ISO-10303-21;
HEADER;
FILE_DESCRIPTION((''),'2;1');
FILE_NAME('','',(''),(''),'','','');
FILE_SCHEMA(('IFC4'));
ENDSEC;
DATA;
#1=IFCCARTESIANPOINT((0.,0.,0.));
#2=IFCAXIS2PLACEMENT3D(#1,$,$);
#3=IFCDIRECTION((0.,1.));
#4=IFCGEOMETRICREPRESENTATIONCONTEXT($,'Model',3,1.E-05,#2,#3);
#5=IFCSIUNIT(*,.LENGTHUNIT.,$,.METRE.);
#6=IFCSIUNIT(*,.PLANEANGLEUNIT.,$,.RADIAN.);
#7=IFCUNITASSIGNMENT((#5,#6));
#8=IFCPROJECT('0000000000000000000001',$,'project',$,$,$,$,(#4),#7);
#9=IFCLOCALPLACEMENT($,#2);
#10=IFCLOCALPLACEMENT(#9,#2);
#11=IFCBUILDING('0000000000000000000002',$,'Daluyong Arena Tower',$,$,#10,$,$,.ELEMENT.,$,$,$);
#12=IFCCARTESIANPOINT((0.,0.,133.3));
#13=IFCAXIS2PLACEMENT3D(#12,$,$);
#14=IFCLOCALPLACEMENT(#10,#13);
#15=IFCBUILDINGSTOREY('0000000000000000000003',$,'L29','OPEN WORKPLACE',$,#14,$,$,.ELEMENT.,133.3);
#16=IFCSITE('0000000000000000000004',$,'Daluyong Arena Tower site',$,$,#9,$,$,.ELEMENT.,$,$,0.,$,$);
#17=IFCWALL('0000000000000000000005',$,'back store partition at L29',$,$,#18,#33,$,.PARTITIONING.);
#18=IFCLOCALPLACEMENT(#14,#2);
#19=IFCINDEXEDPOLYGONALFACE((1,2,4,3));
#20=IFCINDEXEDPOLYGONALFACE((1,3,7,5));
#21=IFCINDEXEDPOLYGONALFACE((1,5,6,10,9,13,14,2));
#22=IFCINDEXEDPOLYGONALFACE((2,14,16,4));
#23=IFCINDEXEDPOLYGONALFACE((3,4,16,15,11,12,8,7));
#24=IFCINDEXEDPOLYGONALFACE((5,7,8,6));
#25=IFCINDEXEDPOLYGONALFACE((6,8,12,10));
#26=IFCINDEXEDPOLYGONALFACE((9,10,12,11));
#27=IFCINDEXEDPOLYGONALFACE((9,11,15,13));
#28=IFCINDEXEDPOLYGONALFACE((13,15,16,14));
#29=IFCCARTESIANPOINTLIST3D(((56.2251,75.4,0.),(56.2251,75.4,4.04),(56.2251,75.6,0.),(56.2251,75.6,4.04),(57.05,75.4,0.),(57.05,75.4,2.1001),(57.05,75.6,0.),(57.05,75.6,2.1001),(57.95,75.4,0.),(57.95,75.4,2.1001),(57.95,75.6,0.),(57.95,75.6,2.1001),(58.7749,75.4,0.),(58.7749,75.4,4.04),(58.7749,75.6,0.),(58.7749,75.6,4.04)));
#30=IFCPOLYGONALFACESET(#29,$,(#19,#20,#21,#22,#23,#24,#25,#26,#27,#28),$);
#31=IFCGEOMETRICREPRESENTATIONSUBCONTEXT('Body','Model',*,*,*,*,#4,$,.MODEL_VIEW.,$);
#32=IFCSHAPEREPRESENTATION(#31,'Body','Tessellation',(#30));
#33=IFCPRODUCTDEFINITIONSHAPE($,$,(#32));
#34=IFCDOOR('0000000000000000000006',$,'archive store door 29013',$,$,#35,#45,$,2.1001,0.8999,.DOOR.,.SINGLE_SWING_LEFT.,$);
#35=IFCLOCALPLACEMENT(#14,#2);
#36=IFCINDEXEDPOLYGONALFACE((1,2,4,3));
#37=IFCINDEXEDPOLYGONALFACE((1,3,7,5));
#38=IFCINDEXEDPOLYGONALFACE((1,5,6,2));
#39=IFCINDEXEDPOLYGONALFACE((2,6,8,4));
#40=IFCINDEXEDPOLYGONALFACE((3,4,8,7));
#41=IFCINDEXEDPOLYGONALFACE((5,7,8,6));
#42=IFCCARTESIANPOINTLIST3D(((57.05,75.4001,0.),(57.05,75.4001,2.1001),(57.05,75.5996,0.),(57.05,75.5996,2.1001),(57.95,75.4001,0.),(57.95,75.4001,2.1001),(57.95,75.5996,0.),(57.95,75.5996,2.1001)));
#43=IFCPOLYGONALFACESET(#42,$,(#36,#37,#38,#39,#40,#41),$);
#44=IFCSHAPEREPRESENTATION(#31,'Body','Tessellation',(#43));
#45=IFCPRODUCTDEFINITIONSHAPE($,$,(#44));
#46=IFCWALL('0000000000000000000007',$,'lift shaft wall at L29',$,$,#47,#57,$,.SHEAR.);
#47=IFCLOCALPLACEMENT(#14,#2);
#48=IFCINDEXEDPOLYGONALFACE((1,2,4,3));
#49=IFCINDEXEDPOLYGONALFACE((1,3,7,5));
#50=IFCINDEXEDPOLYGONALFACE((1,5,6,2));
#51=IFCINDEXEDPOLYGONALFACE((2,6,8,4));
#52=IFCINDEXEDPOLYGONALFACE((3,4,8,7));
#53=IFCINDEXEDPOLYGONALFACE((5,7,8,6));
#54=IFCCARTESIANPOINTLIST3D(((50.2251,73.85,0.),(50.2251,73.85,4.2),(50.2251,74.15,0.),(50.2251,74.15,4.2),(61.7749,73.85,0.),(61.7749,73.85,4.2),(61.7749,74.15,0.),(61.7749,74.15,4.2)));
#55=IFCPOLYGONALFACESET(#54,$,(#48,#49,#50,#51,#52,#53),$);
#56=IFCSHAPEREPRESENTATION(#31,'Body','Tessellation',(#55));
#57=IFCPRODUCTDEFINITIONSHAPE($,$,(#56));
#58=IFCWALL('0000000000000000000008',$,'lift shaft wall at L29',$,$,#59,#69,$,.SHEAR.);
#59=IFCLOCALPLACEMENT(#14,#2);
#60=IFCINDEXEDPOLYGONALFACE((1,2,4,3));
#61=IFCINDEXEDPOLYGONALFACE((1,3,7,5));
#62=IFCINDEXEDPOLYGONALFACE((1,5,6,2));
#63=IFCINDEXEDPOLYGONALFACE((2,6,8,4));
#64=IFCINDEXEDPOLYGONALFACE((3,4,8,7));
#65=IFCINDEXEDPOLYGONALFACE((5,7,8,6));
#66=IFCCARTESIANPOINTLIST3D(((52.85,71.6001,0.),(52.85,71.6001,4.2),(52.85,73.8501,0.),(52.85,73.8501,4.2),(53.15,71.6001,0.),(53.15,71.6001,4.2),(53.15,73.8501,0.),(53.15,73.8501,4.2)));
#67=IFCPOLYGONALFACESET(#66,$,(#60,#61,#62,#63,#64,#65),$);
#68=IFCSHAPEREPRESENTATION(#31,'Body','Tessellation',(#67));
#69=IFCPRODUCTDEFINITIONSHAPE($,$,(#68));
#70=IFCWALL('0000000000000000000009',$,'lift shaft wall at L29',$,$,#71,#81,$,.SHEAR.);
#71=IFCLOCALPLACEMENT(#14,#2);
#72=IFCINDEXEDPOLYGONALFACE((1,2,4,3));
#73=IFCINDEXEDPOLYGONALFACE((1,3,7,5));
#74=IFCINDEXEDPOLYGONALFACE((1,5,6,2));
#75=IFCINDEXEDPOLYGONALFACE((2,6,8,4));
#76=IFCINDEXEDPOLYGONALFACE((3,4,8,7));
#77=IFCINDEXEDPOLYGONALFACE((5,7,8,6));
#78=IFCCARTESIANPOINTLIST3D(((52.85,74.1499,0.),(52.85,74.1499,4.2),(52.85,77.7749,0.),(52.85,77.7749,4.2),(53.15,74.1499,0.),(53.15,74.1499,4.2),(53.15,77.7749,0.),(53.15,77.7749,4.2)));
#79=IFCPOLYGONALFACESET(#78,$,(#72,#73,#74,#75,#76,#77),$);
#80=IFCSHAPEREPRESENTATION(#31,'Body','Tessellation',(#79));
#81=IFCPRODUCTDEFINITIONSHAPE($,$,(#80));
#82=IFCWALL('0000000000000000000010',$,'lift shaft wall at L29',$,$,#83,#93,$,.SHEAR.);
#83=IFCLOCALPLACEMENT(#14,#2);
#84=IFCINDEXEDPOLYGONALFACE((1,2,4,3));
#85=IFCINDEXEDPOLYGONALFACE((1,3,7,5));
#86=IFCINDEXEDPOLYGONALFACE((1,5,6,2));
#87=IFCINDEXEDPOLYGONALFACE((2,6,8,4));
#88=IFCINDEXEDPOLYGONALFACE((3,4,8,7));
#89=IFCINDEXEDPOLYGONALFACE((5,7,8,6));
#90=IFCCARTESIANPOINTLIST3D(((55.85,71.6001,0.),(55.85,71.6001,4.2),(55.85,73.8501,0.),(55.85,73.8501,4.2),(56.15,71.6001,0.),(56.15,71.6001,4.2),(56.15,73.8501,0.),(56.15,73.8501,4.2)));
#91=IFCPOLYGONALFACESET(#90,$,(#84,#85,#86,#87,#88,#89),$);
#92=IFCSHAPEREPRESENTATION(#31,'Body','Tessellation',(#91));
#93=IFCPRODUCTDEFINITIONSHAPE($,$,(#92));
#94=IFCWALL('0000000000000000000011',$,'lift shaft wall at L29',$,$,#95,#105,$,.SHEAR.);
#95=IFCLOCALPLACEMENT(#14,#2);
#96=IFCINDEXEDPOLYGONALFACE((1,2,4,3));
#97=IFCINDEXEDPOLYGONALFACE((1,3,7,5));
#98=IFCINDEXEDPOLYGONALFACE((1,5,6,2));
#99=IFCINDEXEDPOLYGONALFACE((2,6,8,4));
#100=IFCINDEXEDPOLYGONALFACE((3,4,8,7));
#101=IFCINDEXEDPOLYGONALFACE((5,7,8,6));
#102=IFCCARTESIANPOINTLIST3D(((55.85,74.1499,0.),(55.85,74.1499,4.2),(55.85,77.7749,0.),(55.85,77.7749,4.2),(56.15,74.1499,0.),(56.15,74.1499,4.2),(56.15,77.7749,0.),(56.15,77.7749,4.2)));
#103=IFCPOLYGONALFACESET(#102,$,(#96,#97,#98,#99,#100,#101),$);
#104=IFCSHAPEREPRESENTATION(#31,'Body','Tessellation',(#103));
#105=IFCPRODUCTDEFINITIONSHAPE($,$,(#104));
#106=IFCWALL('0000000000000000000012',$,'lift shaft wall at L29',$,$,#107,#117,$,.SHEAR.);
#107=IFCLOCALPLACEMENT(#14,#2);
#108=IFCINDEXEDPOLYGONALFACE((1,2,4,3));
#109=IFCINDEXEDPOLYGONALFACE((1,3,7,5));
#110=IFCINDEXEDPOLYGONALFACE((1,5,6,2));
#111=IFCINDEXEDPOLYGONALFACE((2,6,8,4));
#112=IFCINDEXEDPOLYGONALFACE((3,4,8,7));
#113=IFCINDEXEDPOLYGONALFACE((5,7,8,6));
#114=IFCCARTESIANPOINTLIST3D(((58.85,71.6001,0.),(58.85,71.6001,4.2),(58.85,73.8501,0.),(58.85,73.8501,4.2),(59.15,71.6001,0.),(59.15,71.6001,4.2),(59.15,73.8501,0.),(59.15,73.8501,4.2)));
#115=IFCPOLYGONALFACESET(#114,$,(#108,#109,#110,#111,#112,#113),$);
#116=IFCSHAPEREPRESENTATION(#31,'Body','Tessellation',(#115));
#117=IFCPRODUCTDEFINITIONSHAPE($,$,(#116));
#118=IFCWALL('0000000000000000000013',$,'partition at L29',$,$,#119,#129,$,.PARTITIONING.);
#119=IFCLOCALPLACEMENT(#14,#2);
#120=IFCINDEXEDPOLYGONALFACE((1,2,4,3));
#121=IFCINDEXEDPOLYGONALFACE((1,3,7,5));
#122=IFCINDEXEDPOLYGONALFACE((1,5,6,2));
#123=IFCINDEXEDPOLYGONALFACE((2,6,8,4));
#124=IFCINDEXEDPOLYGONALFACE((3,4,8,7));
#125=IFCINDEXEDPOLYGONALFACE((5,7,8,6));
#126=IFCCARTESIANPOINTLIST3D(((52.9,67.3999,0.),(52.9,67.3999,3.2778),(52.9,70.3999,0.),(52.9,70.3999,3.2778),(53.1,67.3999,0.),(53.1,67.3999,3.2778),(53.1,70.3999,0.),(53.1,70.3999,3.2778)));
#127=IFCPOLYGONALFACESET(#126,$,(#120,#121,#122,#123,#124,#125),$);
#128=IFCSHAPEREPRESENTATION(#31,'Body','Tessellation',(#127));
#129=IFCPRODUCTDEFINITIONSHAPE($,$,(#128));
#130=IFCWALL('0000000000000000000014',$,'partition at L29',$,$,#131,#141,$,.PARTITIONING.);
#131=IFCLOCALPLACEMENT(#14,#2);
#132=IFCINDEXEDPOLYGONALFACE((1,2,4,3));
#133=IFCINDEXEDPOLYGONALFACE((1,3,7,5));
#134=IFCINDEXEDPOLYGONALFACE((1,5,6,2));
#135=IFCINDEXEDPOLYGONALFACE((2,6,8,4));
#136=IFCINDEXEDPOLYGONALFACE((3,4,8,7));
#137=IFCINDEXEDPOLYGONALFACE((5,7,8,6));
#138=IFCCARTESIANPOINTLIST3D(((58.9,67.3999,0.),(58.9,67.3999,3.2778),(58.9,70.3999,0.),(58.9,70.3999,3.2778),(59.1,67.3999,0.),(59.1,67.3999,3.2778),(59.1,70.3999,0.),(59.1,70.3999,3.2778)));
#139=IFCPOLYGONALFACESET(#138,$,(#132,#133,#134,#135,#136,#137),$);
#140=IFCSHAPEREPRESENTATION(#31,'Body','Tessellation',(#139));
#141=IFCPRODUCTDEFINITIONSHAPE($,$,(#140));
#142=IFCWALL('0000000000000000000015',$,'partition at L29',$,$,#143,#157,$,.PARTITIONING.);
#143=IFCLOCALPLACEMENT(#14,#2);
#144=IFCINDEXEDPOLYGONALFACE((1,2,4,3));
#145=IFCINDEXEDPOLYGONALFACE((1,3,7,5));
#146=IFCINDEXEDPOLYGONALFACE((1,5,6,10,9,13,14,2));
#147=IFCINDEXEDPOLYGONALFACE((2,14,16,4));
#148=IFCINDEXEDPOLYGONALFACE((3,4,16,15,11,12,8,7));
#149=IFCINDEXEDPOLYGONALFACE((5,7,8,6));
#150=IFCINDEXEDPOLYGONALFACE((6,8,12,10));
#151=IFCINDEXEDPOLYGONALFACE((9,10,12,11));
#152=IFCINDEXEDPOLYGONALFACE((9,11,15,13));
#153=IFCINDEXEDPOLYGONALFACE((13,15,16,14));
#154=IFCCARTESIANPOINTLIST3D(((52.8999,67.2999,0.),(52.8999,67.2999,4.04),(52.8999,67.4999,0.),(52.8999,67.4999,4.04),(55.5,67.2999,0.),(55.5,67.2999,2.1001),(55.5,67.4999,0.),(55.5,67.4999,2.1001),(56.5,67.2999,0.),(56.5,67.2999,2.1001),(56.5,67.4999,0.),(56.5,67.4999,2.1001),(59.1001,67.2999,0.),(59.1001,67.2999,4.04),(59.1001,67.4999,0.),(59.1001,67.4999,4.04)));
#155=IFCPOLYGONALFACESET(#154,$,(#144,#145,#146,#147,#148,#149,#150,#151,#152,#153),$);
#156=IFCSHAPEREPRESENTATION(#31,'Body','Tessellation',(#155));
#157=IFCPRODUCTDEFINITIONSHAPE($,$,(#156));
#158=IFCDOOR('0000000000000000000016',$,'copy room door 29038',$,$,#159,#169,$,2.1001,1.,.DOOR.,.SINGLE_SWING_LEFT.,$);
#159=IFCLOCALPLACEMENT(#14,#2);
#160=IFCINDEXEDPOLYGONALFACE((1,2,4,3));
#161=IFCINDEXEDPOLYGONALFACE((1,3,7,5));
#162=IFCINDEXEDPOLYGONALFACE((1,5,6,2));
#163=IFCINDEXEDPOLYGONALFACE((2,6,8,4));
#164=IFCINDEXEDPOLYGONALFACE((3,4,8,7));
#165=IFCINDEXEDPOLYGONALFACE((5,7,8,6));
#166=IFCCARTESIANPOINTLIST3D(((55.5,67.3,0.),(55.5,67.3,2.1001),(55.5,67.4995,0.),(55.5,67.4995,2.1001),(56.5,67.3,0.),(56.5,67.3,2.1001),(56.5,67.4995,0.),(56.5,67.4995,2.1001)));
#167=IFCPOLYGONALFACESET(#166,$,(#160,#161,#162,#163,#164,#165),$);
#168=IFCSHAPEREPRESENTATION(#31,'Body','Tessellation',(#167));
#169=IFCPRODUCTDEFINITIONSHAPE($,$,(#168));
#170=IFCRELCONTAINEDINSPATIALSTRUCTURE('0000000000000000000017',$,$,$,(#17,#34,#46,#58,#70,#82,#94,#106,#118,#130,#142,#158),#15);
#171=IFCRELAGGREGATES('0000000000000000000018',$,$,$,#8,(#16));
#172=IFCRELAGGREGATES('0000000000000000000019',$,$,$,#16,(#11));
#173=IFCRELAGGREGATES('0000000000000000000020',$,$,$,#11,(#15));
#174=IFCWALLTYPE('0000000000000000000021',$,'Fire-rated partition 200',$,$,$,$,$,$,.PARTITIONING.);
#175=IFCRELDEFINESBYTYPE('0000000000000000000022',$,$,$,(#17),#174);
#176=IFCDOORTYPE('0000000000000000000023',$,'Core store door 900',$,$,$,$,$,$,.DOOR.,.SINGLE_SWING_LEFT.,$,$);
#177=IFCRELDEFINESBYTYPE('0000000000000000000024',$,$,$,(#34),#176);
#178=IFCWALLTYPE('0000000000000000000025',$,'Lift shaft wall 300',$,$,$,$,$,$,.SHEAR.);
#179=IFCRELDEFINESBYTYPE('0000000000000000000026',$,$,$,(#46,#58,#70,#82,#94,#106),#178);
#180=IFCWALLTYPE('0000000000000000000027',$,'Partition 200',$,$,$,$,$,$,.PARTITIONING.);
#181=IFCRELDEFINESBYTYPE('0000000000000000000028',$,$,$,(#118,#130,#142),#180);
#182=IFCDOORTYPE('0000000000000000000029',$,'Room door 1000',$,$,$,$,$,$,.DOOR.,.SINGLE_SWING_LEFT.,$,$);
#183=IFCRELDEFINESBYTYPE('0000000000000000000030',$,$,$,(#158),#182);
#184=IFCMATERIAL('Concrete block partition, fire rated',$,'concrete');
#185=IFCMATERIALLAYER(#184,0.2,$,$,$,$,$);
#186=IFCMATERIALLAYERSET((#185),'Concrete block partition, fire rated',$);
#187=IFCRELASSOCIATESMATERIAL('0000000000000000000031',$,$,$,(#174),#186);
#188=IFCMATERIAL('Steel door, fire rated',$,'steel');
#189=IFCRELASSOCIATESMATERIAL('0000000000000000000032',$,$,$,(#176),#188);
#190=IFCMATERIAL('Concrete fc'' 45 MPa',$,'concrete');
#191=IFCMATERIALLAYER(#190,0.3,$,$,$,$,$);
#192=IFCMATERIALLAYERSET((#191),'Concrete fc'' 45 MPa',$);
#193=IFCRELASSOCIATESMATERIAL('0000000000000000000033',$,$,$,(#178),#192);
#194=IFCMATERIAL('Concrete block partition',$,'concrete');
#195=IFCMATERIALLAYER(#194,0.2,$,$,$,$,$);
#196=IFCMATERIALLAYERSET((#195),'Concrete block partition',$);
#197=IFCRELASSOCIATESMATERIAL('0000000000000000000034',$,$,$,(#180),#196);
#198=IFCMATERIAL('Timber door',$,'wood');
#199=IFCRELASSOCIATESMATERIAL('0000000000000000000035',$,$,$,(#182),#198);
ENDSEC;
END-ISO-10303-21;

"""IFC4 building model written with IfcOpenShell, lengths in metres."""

from ifc_helpers import new_model, si_unit, direction, frame, frame_2d, origin, place, context, subcontext, project, spatial, rectangle, extrude, material, layer, layer_set, type_object, element, fill, save


model = new_model("IFC4")

# Units and contexts
model_context = context("Model", 3, precision=1e-05, world=origin(), true_north=direction((0.0, 1.0)))
body_context = subcontext(model_context, "Body", "Model", "MODEL_VIEW")
ifc_project = project(units=[si_unit("LENGTHUNIT", "METRE"), si_unit("PLANEANGLEUNIT", "RADIAN")], contexts=[model_context])

# Site, building, storey
site_placement = place(None, origin())
site = spatial("IfcSite", under=ifc_project, at=site_placement, Name="Daluyong Arena Tower site", CompositionType="ELEMENT", RefElevation=0.0)
building_placement = place(site_placement, origin())
building = spatial("IfcBuilding", under=site, at=building_placement, Name="Daluyong Arena Tower", CompositionType="ELEMENT")
storey_placement = place(building_placement, frame((0.0, 0.0, 133.3)))
storey = spatial("IfcBuildingStorey", under=building, at=storey_placement, Name="L29", Description="OPEN WORKPLACE", CompositionType="ELEMENT", Elevation=133.3)

# Wall, opening, door
ifc_material_1 = material(Name="Concrete block partition, fire rated", Category="concrete")
ifc_layer_1 = layer(ifc_material_1, 0.2)
ifc_layer_set_1 = layer_set([ifc_layer_1], Name="Concrete block partition, fire rated")
wall_type_1 = type_object("IfcWallType", Name="Fire-rated partition 200", PredefinedType="PARTITIONING", material=ifc_layer_set_1)
ifc_material_2 = material(Name="Steel door, fire rated", Category="steel")
door_type_1 = type_object("IfcDoorType", Name="Core store door 900", OperationType="SINGLE_SWING_LEFT", PredefinedType="DOOR", material=ifc_material_2)
wall_1_placement = place(storey_placement, frame((56.2251, 75.5, 0.0), z_axis=(0.0, 0.0, 1.0), x_axis=(1.0, 0.0, 0.0)))
wall_1 = element("IfcWall", 1, at=wall_1_placement, inside=storey, type_object=wall_type_1, Name="back store partition at L29", PredefinedType="PARTITIONING", context=body_context, shape_type="SweptSolid", body=[
    extrude(rectangle(XDim=2.5498, YDim=0.2, at=frame_2d((1.2749, 0.0))), origin(), (0.0, 0.0, 1.0), 4.04),
])
opening_1_placement = place(wall_1_placement, frame((0.825, 0.0, 0.0)))
opening_1 = element("IfcOpeningElement", 2, at=opening_1_placement, cuts=wall_1, PredefinedType="OPENING", context=body_context, shape_type="SweptSolid", body=[
    extrude(rectangle(XDim=0.8999, YDim=2.1001, at=frame_2d((0.45, 1.05))), frame((0.0, 0.1099, 0.0), z_axis=(0.0, -1.0, 0.0), x_axis=(1.0, 0.0, 0.0)), (0.0, 0.0, 1.0), 0.22),
])
door_1_placement = place(opening_1_placement, origin())
door_1 = element("IfcDoor", 3, at=door_1_placement, inside=storey, type_object=door_type_1, Name="archive store door 29013", OperationType="SINGLE_SWING_LEFT", OverallHeight=2.1001, OverallWidth=0.8999, PredefinedType="DOOR", context=body_context, shape_type="SweptSolid", body=[
    extrude(rectangle(XDim=0.8999, YDim=2.1001, at=frame_2d((0.45, 1.05))), frame((0.0, 0.0996, 0.0), z_axis=(0.0, -1.0, 0.0), x_axis=(1.0, 0.0, 0.0)), (0.0, 0.0, 1.0), 0.1995),
])
fill(opening_1, door_1)

# Walls
ifc_material_3 = material(Name="Concrete fc' 45 MPa", Category="concrete")
ifc_layer_2 = layer(ifc_material_3, 0.3)
ifc_layer_set_2 = layer_set([ifc_layer_2], Name="Concrete fc' 45 MPa")
wall_type_2 = type_object("IfcWallType", Name="Lift shaft wall 300", PredefinedType="SHEAR", material=ifc_layer_set_2)
wall_2_placement = place(storey_placement, frame((50.2251, 74.0, 0.0), z_axis=(0.0, 0.0, 1.0), x_axis=(1.0, 0.0, 0.0)))
element("IfcWall", 4, at=wall_2_placement, inside=storey, type_object=wall_type_2, Name="lift shaft wall at L29", PredefinedType="SHEAR", context=body_context, shape_type="SweptSolid", body=[
    extrude(rectangle(XDim=11.5498, YDim=0.3, at=frame_2d((5.7749, 0.0))), origin(), (0.0, 0.0, 1.0), 4.2),
])
wall_3_placement = place(storey_placement, frame((53.0, 71.6001, 0.0), z_axis=(0.0, 0.0, 1.0), x_axis=(0.0, 1.0, 0.0)))
element("IfcWall", 5, at=wall_3_placement, inside=storey, type_object=wall_type_2, Name="lift shaft wall at L29", PredefinedType="SHEAR", context=body_context, shape_type="SweptSolid", body=[
    extrude(rectangle(XDim=2.25, YDim=0.3, at=frame_2d((1.125, 0.0))), origin(), (0.0, 0.0, 1.0), 4.2),
])
wall_4_placement = place(storey_placement, frame((53.0, 74.1499, 0.0), z_axis=(0.0, 0.0, 1.0), x_axis=(0.0, 1.0, 0.0)))
element("IfcWall", 6, at=wall_4_placement, inside=storey, type_object=wall_type_2, Name="lift shaft wall at L29", PredefinedType="SHEAR", context=body_context, shape_type="SweptSolid", body=[
    extrude(rectangle(XDim=3.625, YDim=0.3, at=frame_2d((1.8125, 0.0))), origin(), (0.0, 0.0, 1.0), 4.2),
])
wall_5_placement = place(storey_placement, frame((56.0, 71.6001, 0.0), z_axis=(0.0, 0.0, 1.0), x_axis=(0.0, 1.0, 0.0)))
element("IfcWall", 7, at=wall_5_placement, inside=storey, type_object=wall_type_2, Name="lift shaft wall at L29", PredefinedType="SHEAR", context=body_context, shape_type="SweptSolid", body=[
    extrude(rectangle(XDim=2.25, YDim=0.3, at=frame_2d((1.125, 0.0))), origin(), (0.0, 0.0, 1.0), 4.2),
])
wall_6_placement = place(storey_placement, frame((56.0, 74.1499, 0.0), z_axis=(0.0, 0.0, 1.0), x_axis=(0.0, 1.0, 0.0)))
element("IfcWall", 8, at=wall_6_placement, inside=storey, type_object=wall_type_2, Name="lift shaft wall at L29", PredefinedType="SHEAR", context=body_context, shape_type="SweptSolid", body=[
    extrude(rectangle(XDim=3.625, YDim=0.3, at=frame_2d((1.8125, 0.0))), origin(), (0.0, 0.0, 1.0), 4.2),
])
wall_7_placement = place(storey_placement, frame((59.0, 71.6001, 0.0), z_axis=(0.0, 0.0, 1.0), x_axis=(0.0, 1.0, 0.0)))
element("IfcWall", 9, at=wall_7_placement, inside=storey, type_object=wall_type_2, Name="lift shaft wall at L29", PredefinedType="SHEAR", context=body_context, shape_type="SweptSolid", body=[
    extrude(rectangle(XDim=2.25, YDim=0.3, at=frame_2d((1.125, 0.0))), origin(), (0.0, 0.0, 1.0), 4.2),
])
ifc_material_4 = material(Name="Concrete block partition", Category="concrete")
ifc_layer_3 = layer(ifc_material_4, 0.2)
ifc_layer_set_3 = layer_set([ifc_layer_3], Name="Concrete block partition")
wall_type_3 = type_object("IfcWallType", Name="Partition 200", PredefinedType="PARTITIONING", material=ifc_layer_set_3)
for number, where, z_axis, x_axis, name in (
    (10, (53.0, 67.3999, 0.0), (0.0, 0.0, 1.0), (0.0, 1.0, 0.0), "partition at L29"),
    (11, (59.0, 67.3999, 0.0), (0.0, 0.0, 1.0), (0.0, 1.0, 0.0), "partition at L29"),
):
    element("IfcWall", number, at=place(storey_placement, frame(where, z_axis=z_axis, x_axis=x_axis)), inside=storey, type_object=wall_type_3, Name=name, PredefinedType="PARTITIONING", context=body_context, shape_type="SweptSolid", body=[
        extrude(rectangle(XDim=3.0, YDim=0.2, at=frame_2d((1.5, 0.0))), origin(), (0.0, 0.0, 1.0), 3.2778),
    ])

# Wall, opening, door
wall_8_placement = place(storey_placement, frame((52.8999, 67.3999, 0.0), z_axis=(0.0, 0.0, 1.0), x_axis=(1.0, 0.0, 0.0)))
wall_8 = element("IfcWall", 12, at=wall_8_placement, inside=storey, type_object=wall_type_3, Name="partition at L29", PredefinedType="PARTITIONING", context=body_context, shape_type="SweptSolid", body=[
    extrude(rectangle(XDim=6.2002, YDim=0.2, at=frame_2d((3.1001, 0.0))), origin(), (0.0, 0.0, 1.0), 4.04),
])
opening_2_placement = place(wall_8_placement, frame((2.6001, 0.0, 0.0)))
opening_2 = element("IfcOpeningElement", 13, at=opening_2_placement, cuts=wall_8, PredefinedType="OPENING", context=body_context, shape_type="SweptSolid", body=[
    extrude(rectangle(XDim=1.0, YDim=2.1001, at=frame_2d((0.5, 1.05))), frame((0.0, 0.1099, 0.0), z_axis=(0.0, -1.0, 0.0), x_axis=(1.0, 0.0, 0.0)), (0.0, 0.0, 1.0), 0.22),
])
ifc_material_5 = material(Name="Timber door", Category="wood")
door_type_2 = type_object("IfcDoorType", Name="Room door 1000", OperationType="SINGLE_SWING_LEFT", PredefinedType="DOOR", material=ifc_material_5)
door_2_placement = place(opening_2_placement, origin())
door_2 = element("IfcDoor", 14, at=door_2_placement, inside=storey, type_object=door_type_2, Name="copy room door 29038", OperationType="SINGLE_SWING_LEFT", OverallHeight=2.1001, OverallWidth=1.0, PredefinedType="DOOR", context=body_context, shape_type="SweptSolid", body=[
    extrude(rectangle(XDim=1.0, YDim=2.1001, at=frame_2d((0.5, 1.05))), frame((0.0, 0.0996, 0.0), z_axis=(0.0, -1.0, 0.0), x_axis=(1.0, 0.0, 0.0)), (0.0, 0.0, 1.0), 0.1995),
])
fill(opening_2, door_2)

save(model, "model.ifc")
